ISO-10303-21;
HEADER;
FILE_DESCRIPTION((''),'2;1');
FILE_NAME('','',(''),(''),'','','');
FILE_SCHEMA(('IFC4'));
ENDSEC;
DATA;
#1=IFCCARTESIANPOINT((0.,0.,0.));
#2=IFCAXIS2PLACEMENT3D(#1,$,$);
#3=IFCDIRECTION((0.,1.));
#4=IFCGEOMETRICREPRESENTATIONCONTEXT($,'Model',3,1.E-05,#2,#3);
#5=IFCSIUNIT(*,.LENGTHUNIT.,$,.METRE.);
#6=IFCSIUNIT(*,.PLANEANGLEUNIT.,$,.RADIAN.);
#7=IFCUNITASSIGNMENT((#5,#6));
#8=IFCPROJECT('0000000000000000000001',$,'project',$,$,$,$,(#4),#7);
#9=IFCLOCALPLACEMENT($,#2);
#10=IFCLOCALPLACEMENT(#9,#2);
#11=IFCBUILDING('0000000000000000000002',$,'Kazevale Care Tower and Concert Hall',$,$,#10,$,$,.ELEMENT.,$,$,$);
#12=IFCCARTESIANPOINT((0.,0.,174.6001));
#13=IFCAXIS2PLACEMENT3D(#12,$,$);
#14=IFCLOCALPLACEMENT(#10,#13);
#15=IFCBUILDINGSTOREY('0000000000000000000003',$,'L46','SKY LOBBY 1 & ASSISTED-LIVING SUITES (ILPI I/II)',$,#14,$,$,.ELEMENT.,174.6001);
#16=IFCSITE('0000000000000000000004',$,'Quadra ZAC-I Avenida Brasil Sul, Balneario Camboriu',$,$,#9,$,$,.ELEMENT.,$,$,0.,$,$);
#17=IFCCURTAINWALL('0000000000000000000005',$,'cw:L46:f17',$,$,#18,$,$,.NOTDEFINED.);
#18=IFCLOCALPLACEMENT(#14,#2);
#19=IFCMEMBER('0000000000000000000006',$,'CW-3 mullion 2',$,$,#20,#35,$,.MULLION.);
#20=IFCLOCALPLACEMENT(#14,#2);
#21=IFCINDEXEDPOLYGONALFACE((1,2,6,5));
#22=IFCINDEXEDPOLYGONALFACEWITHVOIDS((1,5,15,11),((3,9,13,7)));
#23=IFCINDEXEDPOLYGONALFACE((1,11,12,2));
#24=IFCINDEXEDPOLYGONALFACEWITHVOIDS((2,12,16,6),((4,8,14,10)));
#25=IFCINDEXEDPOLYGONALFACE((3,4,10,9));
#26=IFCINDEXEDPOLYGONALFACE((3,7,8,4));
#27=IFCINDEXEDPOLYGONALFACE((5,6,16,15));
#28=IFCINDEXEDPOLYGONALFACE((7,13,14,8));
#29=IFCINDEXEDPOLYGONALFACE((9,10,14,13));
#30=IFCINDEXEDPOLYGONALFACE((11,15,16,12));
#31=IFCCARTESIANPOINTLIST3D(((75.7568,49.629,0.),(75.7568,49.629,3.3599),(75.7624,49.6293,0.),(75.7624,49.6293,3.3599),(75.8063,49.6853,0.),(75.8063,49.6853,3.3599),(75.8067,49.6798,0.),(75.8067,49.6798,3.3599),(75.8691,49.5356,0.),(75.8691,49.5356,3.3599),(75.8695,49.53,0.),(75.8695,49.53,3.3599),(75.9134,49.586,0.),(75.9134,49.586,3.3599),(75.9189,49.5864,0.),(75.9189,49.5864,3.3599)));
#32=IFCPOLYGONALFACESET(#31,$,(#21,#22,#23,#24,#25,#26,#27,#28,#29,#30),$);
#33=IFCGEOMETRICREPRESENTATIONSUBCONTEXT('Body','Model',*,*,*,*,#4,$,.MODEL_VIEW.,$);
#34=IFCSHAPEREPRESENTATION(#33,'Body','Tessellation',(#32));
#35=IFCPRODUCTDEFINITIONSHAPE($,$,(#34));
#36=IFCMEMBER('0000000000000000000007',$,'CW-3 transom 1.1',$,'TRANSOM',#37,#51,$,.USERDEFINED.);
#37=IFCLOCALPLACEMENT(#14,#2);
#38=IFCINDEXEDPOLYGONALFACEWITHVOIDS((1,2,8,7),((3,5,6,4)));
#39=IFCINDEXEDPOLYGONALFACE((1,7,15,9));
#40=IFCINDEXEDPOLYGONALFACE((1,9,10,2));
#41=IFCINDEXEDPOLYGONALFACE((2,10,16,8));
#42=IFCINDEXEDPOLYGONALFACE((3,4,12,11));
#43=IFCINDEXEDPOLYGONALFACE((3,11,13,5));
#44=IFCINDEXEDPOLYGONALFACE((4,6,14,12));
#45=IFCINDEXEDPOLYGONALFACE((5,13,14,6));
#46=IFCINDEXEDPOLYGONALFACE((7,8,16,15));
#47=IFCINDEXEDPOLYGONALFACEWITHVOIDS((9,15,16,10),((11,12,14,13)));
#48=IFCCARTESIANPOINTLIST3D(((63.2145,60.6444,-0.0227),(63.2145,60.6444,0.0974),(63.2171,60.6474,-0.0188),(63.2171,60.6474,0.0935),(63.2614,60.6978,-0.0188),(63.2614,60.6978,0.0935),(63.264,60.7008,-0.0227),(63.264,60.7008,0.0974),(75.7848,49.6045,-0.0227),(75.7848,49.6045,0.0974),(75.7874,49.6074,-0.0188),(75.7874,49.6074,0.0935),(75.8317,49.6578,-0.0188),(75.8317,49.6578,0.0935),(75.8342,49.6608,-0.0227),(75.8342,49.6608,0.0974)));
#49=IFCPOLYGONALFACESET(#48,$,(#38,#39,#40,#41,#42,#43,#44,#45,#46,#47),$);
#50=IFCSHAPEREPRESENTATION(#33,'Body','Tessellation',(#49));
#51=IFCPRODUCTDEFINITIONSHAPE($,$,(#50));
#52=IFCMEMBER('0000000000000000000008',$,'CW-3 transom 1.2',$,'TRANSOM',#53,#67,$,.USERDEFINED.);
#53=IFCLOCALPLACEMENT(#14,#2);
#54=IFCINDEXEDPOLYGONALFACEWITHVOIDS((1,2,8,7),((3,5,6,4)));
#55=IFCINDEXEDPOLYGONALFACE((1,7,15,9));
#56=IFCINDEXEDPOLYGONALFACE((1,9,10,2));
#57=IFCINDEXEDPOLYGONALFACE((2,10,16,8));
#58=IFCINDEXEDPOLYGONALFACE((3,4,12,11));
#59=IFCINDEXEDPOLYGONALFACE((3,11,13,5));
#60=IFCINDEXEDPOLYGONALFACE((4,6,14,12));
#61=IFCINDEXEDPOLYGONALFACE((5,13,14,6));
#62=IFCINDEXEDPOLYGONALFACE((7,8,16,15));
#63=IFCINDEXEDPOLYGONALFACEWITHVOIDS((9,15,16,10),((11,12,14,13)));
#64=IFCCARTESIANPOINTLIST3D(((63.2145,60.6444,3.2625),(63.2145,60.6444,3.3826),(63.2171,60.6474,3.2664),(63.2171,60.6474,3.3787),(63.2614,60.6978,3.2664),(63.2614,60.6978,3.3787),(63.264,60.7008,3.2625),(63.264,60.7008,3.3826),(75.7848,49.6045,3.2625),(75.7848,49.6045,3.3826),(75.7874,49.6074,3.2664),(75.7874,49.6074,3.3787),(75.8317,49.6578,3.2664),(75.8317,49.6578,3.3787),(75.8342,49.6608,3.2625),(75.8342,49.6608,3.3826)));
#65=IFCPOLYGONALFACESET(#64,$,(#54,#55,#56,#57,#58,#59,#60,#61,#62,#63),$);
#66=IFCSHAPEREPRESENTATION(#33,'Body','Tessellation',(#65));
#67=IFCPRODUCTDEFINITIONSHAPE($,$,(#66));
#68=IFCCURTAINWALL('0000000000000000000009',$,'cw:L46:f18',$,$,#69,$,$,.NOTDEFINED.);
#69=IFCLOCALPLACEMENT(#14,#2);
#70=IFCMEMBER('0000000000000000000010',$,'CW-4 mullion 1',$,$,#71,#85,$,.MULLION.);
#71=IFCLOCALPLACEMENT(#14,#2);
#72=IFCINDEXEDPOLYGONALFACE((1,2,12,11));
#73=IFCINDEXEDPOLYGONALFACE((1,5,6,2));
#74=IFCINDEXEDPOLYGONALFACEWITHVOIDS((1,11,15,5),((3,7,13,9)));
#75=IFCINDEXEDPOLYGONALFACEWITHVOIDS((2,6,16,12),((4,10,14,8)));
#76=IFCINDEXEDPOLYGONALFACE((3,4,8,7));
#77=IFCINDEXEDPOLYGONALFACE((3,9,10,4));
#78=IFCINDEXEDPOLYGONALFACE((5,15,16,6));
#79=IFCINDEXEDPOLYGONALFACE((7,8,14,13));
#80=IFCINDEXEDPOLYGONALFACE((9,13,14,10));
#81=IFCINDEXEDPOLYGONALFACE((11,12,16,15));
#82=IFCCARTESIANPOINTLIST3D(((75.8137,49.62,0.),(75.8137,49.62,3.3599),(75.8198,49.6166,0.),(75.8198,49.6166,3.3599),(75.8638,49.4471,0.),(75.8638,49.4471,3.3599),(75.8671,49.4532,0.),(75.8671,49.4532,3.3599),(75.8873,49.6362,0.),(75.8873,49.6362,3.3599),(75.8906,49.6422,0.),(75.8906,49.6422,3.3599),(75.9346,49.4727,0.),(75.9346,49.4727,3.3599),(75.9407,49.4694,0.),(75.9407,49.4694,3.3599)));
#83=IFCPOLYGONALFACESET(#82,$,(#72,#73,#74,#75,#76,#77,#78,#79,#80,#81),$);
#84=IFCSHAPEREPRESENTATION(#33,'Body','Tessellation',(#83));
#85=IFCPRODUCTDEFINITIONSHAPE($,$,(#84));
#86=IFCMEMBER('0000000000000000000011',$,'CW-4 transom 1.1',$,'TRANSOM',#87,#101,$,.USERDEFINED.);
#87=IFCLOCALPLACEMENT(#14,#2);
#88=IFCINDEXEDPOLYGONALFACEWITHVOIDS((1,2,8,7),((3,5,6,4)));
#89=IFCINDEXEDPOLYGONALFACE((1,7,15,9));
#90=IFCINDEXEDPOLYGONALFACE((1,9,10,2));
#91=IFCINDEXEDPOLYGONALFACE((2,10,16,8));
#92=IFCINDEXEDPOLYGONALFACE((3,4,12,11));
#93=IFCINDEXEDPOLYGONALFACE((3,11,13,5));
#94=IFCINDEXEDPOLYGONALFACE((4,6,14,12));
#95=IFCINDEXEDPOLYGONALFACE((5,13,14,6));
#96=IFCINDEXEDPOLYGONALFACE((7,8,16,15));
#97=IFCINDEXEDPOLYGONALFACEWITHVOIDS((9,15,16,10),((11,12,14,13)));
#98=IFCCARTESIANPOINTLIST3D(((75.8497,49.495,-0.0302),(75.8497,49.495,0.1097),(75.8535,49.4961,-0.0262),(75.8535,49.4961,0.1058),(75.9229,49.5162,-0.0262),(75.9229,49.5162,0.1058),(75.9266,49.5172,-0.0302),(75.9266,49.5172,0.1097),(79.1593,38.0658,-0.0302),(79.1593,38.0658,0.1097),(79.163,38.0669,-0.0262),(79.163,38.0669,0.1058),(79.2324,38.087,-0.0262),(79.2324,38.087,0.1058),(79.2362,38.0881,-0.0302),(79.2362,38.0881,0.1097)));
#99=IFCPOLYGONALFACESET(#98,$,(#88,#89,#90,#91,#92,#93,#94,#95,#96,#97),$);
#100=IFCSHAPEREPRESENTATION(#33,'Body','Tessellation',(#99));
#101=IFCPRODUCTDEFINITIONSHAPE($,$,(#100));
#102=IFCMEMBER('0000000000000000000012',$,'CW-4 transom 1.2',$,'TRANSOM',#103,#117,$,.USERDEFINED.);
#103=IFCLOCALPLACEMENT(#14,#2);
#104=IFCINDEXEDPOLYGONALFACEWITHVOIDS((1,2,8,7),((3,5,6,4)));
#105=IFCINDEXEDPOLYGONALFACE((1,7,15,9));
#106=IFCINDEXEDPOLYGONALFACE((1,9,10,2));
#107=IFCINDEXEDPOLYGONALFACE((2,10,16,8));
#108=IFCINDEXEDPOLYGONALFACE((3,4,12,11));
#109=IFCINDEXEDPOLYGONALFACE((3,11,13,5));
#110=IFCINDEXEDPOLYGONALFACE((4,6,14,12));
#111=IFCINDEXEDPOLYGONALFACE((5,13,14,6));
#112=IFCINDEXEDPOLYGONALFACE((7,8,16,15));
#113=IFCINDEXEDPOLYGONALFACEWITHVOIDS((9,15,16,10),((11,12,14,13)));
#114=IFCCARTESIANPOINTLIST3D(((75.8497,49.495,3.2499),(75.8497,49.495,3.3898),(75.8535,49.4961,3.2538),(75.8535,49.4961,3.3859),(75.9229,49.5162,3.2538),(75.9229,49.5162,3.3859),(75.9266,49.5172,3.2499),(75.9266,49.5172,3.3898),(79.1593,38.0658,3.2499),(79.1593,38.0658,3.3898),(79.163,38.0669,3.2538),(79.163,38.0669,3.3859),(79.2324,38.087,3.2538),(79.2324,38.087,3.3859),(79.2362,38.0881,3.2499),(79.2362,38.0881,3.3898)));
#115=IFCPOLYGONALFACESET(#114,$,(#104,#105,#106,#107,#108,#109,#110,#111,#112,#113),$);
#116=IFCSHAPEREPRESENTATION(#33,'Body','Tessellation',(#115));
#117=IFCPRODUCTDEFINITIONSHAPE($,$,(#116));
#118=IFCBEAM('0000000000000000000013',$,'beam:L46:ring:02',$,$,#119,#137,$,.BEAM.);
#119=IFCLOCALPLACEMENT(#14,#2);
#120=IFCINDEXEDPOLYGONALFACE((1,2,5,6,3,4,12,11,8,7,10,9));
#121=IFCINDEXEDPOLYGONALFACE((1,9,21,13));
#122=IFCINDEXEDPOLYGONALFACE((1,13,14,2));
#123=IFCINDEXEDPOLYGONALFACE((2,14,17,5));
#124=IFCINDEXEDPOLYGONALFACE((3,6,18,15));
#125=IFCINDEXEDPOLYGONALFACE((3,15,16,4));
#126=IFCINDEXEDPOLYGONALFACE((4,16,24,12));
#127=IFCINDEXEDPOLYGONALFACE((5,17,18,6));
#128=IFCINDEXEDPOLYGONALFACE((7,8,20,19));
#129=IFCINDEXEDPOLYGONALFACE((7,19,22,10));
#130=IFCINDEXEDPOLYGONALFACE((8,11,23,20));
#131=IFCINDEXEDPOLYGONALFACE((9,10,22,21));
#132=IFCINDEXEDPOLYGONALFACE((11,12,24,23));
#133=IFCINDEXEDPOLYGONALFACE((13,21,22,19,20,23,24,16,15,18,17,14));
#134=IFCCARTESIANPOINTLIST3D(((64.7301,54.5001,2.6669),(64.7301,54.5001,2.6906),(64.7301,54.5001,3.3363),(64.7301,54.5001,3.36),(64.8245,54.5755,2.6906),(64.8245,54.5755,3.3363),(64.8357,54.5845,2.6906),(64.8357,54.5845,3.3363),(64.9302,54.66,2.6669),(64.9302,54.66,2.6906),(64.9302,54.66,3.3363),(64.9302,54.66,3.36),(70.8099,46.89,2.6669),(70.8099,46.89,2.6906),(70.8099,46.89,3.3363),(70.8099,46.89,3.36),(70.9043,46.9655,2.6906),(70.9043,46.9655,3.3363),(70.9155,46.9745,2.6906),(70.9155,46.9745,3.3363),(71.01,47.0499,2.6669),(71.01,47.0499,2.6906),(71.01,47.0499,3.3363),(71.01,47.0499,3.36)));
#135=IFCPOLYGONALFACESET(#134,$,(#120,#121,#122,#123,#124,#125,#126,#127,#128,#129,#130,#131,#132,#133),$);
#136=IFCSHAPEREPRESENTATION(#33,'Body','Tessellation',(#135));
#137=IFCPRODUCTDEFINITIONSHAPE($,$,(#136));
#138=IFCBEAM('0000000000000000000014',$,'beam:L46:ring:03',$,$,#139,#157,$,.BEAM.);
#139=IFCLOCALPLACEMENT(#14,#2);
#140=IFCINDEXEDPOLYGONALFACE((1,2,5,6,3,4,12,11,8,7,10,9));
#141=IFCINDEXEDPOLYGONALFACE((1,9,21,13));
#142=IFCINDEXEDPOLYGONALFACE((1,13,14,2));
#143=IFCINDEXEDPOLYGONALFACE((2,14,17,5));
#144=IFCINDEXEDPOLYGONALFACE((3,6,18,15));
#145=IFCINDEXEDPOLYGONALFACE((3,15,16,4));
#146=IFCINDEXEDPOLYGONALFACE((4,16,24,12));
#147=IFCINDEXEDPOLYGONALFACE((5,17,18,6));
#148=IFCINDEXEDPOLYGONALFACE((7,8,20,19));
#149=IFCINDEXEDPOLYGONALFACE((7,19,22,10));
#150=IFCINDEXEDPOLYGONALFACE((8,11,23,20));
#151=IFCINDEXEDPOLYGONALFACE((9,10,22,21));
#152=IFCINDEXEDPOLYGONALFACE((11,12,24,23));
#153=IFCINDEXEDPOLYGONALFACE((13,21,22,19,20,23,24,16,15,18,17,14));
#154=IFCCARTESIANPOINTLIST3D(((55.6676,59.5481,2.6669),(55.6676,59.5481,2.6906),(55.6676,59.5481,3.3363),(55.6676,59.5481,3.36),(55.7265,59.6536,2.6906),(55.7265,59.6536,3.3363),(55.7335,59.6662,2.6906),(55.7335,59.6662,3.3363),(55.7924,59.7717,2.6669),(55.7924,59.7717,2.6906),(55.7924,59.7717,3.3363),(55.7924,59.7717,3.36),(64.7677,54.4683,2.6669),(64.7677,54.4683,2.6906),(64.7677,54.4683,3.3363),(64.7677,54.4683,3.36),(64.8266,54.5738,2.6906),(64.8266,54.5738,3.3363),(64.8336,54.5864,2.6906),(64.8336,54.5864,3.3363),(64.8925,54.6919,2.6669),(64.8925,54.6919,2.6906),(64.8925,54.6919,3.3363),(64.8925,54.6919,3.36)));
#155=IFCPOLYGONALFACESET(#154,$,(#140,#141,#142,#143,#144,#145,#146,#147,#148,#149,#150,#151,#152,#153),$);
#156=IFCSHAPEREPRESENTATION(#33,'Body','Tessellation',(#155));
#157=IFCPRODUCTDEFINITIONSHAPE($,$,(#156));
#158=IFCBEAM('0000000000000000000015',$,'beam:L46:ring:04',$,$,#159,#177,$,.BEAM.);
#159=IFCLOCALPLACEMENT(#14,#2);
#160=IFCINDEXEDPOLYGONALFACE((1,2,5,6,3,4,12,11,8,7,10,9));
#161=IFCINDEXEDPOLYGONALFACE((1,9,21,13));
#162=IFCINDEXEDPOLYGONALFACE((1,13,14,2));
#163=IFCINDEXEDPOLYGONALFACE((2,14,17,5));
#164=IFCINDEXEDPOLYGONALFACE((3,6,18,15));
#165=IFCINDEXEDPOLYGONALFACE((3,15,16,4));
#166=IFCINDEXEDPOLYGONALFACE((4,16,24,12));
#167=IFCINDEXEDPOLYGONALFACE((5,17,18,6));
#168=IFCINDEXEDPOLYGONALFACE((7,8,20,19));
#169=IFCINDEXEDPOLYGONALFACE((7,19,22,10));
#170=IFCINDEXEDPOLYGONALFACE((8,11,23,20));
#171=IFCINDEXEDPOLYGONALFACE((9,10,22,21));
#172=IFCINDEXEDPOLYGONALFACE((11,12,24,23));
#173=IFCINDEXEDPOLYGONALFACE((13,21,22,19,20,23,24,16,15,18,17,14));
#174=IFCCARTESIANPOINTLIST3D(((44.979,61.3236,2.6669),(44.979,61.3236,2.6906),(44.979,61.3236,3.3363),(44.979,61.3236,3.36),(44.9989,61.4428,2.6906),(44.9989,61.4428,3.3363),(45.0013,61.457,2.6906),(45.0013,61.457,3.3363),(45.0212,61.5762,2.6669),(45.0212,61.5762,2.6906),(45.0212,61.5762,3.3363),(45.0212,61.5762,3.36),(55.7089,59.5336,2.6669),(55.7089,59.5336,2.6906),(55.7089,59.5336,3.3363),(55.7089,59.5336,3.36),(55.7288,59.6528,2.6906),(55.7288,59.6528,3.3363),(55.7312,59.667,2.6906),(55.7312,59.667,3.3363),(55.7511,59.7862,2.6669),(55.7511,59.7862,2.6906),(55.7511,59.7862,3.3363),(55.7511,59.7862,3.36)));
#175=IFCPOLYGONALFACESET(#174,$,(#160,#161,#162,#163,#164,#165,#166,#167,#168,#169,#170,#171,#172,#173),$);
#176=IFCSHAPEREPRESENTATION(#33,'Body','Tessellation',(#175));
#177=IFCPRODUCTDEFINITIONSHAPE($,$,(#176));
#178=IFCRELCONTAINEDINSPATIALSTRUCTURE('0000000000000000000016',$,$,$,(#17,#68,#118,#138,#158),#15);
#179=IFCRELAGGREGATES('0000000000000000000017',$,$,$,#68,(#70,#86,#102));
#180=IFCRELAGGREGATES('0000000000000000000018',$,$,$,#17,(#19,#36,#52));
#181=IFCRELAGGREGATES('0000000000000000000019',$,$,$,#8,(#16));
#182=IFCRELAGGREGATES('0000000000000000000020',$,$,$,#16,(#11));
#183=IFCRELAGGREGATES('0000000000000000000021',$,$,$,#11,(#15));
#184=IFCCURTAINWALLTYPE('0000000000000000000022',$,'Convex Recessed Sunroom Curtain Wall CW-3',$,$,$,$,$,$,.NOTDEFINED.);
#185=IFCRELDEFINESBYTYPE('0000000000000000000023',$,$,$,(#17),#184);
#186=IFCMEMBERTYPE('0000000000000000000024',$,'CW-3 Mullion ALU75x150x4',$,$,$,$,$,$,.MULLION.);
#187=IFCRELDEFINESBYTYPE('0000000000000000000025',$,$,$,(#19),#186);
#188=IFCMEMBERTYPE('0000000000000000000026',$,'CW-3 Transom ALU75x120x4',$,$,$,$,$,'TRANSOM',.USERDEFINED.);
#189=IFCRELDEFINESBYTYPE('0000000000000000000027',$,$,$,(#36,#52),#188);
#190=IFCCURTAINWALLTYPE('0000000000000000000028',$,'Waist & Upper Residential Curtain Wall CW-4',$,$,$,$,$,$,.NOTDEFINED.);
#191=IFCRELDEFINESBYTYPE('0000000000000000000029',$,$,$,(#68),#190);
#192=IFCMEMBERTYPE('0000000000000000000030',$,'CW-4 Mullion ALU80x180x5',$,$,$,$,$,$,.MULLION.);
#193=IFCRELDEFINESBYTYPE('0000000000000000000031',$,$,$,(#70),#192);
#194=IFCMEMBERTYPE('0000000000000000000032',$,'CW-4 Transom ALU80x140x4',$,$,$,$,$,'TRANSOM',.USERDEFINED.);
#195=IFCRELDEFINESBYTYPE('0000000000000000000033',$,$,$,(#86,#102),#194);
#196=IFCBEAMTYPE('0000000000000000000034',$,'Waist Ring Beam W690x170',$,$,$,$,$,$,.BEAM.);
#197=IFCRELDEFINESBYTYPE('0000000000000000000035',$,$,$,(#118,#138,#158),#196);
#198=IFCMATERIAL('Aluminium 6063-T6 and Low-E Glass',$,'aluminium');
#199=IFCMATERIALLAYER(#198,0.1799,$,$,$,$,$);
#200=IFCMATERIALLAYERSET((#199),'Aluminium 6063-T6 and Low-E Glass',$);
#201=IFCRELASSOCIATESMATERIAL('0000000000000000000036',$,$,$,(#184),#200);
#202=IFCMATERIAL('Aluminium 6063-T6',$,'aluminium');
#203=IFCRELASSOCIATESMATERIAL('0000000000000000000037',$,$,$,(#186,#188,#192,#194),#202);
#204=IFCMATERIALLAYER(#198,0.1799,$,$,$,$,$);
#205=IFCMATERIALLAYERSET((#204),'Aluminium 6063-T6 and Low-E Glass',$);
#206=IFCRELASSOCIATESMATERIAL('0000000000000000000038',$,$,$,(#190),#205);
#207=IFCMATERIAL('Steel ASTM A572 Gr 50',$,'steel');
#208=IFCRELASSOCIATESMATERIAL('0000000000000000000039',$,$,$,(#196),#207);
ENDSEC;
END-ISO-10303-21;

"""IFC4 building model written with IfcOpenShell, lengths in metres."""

from ifc_helpers import new_model, si_unit, direction, frame, origin, origin_2d, place, context, subcontext, project, spatial, hollow_rectangle, i_section, extrude, material, layer, layer_set, material_profile, profile_set, type_object, element, aggregate, save


model = new_model("IFC4")

# Units and contexts
model_context = context("Model", 3, precision=1e-05, world=origin(), true_north=direction((0.0, 1.0)))
body_context = subcontext(model_context, "Body", "Model", "MODEL_VIEW")
ifc_project = project(units=[si_unit("LENGTHUNIT", "METRE"), si_unit("PLANEANGLEUNIT", "RADIAN")], contexts=[model_context])

# Site, building, storey
site_placement = place(None, origin())
site = spatial("IfcSite", under=ifc_project, at=site_placement, Name="Quadra ZAC-I Avenida Brasil Sul, Balneario Camboriu", CompositionType="ELEMENT", RefElevation=0.0)
building_placement = place(site_placement, origin())
building = spatial("IfcBuilding", under=site, at=building_placement, Name="Kazevale Care Tower and Concert Hall", CompositionType="ELEMENT")
storey_placement = place(building_placement, frame((0.0, 0.0, 174.6001)))
storey = spatial("IfcBuildingStorey", under=building, at=storey_placement, Name="L46", Description="SKY LOBBY 1 & ASSISTED-LIVING SUITES (ILPI I/II)", CompositionType="ELEMENT", Elevation=174.6001)

# Shared definitions
ifc_material_1 = material(Name="Aluminium 6063-T6 and Low-E Glass", Category="aluminium")
ifc_material_2 = material(Name="Aluminium 6063-T6", Category="aluminium")

# Curtain walls, members
ifc_layer_1 = layer(ifc_material_1, 0.1799)
ifc_layer_set_1 = layer_set([ifc_layer_1], Name="Aluminium 6063-T6 and Low-E Glass")
curtain_wall_type_1 = type_object("IfcCurtainWallType", Name="Convex Recessed Sunroom Curtain Wall CW-3", PredefinedType="NOTDEFINED", material=ifc_layer_set_1)
curtain_wall_1_placement = place(storey_placement, origin())
curtain_wall_1 = element("IfcCurtainWall", 1, at=curtain_wall_1_placement, inside=storey, type_object=curtain_wall_type_1, Name="cw:L46:f17", PredefinedType="NOTDEFINED")
ifc_material_profile_1 = material_profile(ifc_material_2, hollow_rectangle(XDim=0.075, YDim=0.1499, WallThickness=0.0039, at=origin_2d()), Name="ALU75x150x4")
ifc_profile_set_1 = profile_set([ifc_material_profile_1], Name="Aluminium 6063-T6")
member_type_1 = type_object("IfcMemberType", Name="CW-3 Mullion ALU75x150x4", PredefinedType="MULLION", material=ifc_profile_set_1)
member_1_placement = place(storey_placement, frame((75.8379, 49.6077, 0.0), z_axis=(0.0, 0.0, 1.0), x_axis=(0.659892, 0.751361, 0.0)))
member_1 = element("IfcMember", 2, at=member_1_placement, type_object=member_type_1, Name="CW-3 mullion 2", PredefinedType="MULLION", context=body_context, shape_type="SweptSolid", body=[
    extrude(hollow_rectangle(XDim=0.075, YDim=0.1499, WallThickness=0.0039, at=origin_2d()), origin(), (0.0, 0.0, 1.0), 3.3599),
])
ifc_material_profile_2 = material_profile(ifc_material_2, hollow_rectangle(XDim=0.075, YDim=0.1201, WallThickness=0.0039, at=origin_2d()), Name="ALU75x120x4")
ifc_profile_set_2 = profile_set([ifc_material_profile_2], Name="Aluminium 6063-T6")
member_type_2 = type_object("IfcMemberType", Name="CW-3 Transom ALU75x120x4", ElementType="TRANSOM", PredefinedType="USERDEFINED", material=ifc_profile_set_2)
member_2_placement = place(storey_placement, frame((63.2393, 60.6726, 0.0374), z_axis=(0.75136, -0.659892, 0.0), x_axis=(0.659892, 0.75136, 0.0)))
member_2 = element("IfcMember", 3, at=member_2_placement, type_object=member_type_2, Name="CW-3 transom 1.1", ObjectType="TRANSOM", PredefinedType="USERDEFINED", context=body_context, shape_type="SweptSolid", body=[
    extrude(hollow_rectangle(XDim=0.075, YDim=0.1201, WallThickness=0.0039, at=origin_2d()), origin(), (0.0, 0.0, 1.0), 16.73),
])
member_3_placement = place(storey_placement, frame((63.2393, 60.6726, 3.3225), z_axis=(0.75136, -0.659892, 0.0), x_axis=(0.659892, 0.75136, 0.0)))
member_3 = element("IfcMember", 4, at=member_3_placement, type_object=member_type_2, Name="CW-3 transom 1.2", ObjectType="TRANSOM", PredefinedType="USERDEFINED", context=body_context, shape_type="SweptSolid", body=[
    extrude(hollow_rectangle(XDim=0.075, YDim=0.1201, WallThickness=0.0039, at=origin_2d()), origin(), (0.0, 0.0, 1.0), 16.73),
])
ifc_layer_2 = layer(ifc_material_1, 0.1799)
ifc_layer_set_2 = layer_set([ifc_layer_2], Name="Aluminium 6063-T6 and Low-E Glass")
curtain_wall_type_2 = type_object("IfcCurtainWallType", Name="Waist & Upper Residential Curtain Wall CW-4", PredefinedType="NOTDEFINED", material=ifc_layer_set_2)
curtain_wall_2_placement = place(storey_placement, origin())
curtain_wall_2 = element("IfcCurtainWall", 5, at=curtain_wall_2_placement, inside=storey, type_object=curtain_wall_type_2, Name="cw:L46:f18", PredefinedType="NOTDEFINED")
ifc_material_profile_3 = material_profile(ifc_material_2, hollow_rectangle(XDim=0.0801, YDim=0.1799, WallThickness=0.0049, at=origin_2d()), Name="ALU80x180x5")
ifc_profile_set_3 = profile_set([ifc_material_profile_3], Name="Aluminium 6063-T6")
member_type_3 = type_object("IfcMemberType", Name="CW-4 Mullion ALU80x180x5", PredefinedType="MULLION", material=ifc_profile_set_3)
member_4_placement = place(storey_placement, frame((75.8772, 49.5447, 0.0), z_axis=(0.0, 0.0, 1.0), x_axis=(0.960542, 0.278137, 0.0)))
member_4 = element("IfcMember", 6, at=member_4_placement, type_object=member_type_3, Name="CW-4 mullion 1", PredefinedType="MULLION", context=body_context, shape_type="SweptSolid", body=[
    extrude(hollow_rectangle(XDim=0.0801, YDim=0.1799, WallThickness=0.0049, at=origin_2d()), origin(), (0.0, 0.0, 1.0), 3.3599),
])
ifc_material_profile_4 = material_profile(ifc_material_2, hollow_rectangle(XDim=0.0801, YDim=0.1399, WallThickness=0.0039, at=origin_2d()), Name="ALU80x140x4")
ifc_profile_set_4 = profile_set([ifc_material_profile_4], Name="Aluminium 6063-T6")
member_type_4 = type_object("IfcMemberType", Name="CW-4 Transom ALU80x140x4", ElementType="TRANSOM", PredefinedType="USERDEFINED", material=ifc_profile_set_4)
member_5_placement = place(storey_placement, frame((75.8882, 49.5061, 0.0398), z_axis=(0.278145, -0.960539, 0.0), x_axis=(0.960539, 0.278145, 0.0)))
member_5 = element("IfcMember", 7, at=member_5_placement, type_object=member_type_4, Name="CW-4 transom 1.1", ObjectType="TRANSOM", PredefinedType="USERDEFINED", context=body_context, shape_type="SweptSolid", body=[
    extrude(hollow_rectangle(XDim=0.0801, YDim=0.1399, WallThickness=0.0039, at=origin_2d()), origin(), (0.0, 0.0, 1.0), 11.8987),
])
member_6_placement = place(storey_placement, frame((75.8882, 49.5061, 3.3198), z_axis=(0.278145, -0.960539, 0.0), x_axis=(0.960539, 0.278145, 0.0)))
member_6 = element("IfcMember", 8, at=member_6_placement, type_object=member_type_4, Name="CW-4 transom 1.2", ObjectType="TRANSOM", PredefinedType="USERDEFINED", context=body_context, shape_type="SweptSolid", body=[
    extrude(hollow_rectangle(XDim=0.0801, YDim=0.1399, WallThickness=0.0039, at=origin_2d()), origin(), (0.0, 0.0, 1.0), 11.8987),
])
aggregate(curtain_wall_2, [member_4, member_5, member_6])

# Beams
ifc_material_3 = material(Name="Steel ASTM A572 Gr 50", Category="steel")
ifc_material_profile_5 = material_profile(ifc_material_3, i_section(OverallWidth=0.2561, OverallDepth=0.6931, WebThickness=0.0144, FlangeThickness=0.0237, at=origin_2d()), Name="W690x170")
ifc_profile_set_5 = profile_set([ifc_material_profile_5], Name="Steel ASTM A572 Gr 50")
beam_type = type_object("IfcBeamType", Name="Waist Ring Beam W690x170", PredefinedType="BEAM", material=ifc_profile_set_5)
beam_1_placement = place(storey_placement, frame((70.9099, 46.97, 3.0134), z_axis=(-0.624178, 0.781282, 0.0), x_axis=(-0.781282, -0.624178, 0.0)))
element("IfcBeam", 9, at=beam_1_placement, inside=storey, type_object=beam_type, Name="beam:L46:ring:02", PredefinedType="BEAM", context=body_context, shape_type="SweptSolid", body=[
    extrude(i_section(OverallWidth=0.2561, OverallDepth=0.6931, WebThickness=0.0144, FlangeThickness=0.0237, at=origin_2d()), origin(), (0.0, 0.0, 1.0), 9.7405),
])
beam_2_placement = place(storey_placement, frame((64.8301, 54.5801, 3.0134), z_axis=(-0.873169, 0.487418, 0.0), x_axis=(-0.487418, -0.873169, 0.0)))
element("IfcBeam", 10, at=beam_2_placement, inside=storey, type_object=beam_type, Name="beam:L46:ring:03", PredefinedType="BEAM", context=body_context, shape_type="SweptSolid", body=[
    extrude(i_section(OverallWidth=0.2561, OverallDepth=0.6931, WebThickness=0.0144, FlangeThickness=0.0237, at=origin_2d()), origin(), (0.0, 0.0, 1.0), 10.4219),
])
beam_3_placement = place(storey_placement, frame((55.73, 59.6599, 3.0134), z_axis=(-0.986368, 0.164552, 0.0), x_axis=(-0.164552, -0.986368, 0.0)))
element("IfcBeam", 11, at=beam_3_placement, inside=storey, type_object=beam_type, Name="beam:L46:ring:04", PredefinedType="BEAM", context=body_context, shape_type="SweptSolid", body=[
    extrude(i_section(OverallWidth=0.2561, OverallDepth=0.6931, WebThickness=0.0144, FlangeThickness=0.0237, at=origin_2d()), origin(), (0.0, 0.0, 1.0), 10.8782),
])

aggregate(curtain_wall_1, [member_1, member_2, member_3])

save(model, "model.ifc")
